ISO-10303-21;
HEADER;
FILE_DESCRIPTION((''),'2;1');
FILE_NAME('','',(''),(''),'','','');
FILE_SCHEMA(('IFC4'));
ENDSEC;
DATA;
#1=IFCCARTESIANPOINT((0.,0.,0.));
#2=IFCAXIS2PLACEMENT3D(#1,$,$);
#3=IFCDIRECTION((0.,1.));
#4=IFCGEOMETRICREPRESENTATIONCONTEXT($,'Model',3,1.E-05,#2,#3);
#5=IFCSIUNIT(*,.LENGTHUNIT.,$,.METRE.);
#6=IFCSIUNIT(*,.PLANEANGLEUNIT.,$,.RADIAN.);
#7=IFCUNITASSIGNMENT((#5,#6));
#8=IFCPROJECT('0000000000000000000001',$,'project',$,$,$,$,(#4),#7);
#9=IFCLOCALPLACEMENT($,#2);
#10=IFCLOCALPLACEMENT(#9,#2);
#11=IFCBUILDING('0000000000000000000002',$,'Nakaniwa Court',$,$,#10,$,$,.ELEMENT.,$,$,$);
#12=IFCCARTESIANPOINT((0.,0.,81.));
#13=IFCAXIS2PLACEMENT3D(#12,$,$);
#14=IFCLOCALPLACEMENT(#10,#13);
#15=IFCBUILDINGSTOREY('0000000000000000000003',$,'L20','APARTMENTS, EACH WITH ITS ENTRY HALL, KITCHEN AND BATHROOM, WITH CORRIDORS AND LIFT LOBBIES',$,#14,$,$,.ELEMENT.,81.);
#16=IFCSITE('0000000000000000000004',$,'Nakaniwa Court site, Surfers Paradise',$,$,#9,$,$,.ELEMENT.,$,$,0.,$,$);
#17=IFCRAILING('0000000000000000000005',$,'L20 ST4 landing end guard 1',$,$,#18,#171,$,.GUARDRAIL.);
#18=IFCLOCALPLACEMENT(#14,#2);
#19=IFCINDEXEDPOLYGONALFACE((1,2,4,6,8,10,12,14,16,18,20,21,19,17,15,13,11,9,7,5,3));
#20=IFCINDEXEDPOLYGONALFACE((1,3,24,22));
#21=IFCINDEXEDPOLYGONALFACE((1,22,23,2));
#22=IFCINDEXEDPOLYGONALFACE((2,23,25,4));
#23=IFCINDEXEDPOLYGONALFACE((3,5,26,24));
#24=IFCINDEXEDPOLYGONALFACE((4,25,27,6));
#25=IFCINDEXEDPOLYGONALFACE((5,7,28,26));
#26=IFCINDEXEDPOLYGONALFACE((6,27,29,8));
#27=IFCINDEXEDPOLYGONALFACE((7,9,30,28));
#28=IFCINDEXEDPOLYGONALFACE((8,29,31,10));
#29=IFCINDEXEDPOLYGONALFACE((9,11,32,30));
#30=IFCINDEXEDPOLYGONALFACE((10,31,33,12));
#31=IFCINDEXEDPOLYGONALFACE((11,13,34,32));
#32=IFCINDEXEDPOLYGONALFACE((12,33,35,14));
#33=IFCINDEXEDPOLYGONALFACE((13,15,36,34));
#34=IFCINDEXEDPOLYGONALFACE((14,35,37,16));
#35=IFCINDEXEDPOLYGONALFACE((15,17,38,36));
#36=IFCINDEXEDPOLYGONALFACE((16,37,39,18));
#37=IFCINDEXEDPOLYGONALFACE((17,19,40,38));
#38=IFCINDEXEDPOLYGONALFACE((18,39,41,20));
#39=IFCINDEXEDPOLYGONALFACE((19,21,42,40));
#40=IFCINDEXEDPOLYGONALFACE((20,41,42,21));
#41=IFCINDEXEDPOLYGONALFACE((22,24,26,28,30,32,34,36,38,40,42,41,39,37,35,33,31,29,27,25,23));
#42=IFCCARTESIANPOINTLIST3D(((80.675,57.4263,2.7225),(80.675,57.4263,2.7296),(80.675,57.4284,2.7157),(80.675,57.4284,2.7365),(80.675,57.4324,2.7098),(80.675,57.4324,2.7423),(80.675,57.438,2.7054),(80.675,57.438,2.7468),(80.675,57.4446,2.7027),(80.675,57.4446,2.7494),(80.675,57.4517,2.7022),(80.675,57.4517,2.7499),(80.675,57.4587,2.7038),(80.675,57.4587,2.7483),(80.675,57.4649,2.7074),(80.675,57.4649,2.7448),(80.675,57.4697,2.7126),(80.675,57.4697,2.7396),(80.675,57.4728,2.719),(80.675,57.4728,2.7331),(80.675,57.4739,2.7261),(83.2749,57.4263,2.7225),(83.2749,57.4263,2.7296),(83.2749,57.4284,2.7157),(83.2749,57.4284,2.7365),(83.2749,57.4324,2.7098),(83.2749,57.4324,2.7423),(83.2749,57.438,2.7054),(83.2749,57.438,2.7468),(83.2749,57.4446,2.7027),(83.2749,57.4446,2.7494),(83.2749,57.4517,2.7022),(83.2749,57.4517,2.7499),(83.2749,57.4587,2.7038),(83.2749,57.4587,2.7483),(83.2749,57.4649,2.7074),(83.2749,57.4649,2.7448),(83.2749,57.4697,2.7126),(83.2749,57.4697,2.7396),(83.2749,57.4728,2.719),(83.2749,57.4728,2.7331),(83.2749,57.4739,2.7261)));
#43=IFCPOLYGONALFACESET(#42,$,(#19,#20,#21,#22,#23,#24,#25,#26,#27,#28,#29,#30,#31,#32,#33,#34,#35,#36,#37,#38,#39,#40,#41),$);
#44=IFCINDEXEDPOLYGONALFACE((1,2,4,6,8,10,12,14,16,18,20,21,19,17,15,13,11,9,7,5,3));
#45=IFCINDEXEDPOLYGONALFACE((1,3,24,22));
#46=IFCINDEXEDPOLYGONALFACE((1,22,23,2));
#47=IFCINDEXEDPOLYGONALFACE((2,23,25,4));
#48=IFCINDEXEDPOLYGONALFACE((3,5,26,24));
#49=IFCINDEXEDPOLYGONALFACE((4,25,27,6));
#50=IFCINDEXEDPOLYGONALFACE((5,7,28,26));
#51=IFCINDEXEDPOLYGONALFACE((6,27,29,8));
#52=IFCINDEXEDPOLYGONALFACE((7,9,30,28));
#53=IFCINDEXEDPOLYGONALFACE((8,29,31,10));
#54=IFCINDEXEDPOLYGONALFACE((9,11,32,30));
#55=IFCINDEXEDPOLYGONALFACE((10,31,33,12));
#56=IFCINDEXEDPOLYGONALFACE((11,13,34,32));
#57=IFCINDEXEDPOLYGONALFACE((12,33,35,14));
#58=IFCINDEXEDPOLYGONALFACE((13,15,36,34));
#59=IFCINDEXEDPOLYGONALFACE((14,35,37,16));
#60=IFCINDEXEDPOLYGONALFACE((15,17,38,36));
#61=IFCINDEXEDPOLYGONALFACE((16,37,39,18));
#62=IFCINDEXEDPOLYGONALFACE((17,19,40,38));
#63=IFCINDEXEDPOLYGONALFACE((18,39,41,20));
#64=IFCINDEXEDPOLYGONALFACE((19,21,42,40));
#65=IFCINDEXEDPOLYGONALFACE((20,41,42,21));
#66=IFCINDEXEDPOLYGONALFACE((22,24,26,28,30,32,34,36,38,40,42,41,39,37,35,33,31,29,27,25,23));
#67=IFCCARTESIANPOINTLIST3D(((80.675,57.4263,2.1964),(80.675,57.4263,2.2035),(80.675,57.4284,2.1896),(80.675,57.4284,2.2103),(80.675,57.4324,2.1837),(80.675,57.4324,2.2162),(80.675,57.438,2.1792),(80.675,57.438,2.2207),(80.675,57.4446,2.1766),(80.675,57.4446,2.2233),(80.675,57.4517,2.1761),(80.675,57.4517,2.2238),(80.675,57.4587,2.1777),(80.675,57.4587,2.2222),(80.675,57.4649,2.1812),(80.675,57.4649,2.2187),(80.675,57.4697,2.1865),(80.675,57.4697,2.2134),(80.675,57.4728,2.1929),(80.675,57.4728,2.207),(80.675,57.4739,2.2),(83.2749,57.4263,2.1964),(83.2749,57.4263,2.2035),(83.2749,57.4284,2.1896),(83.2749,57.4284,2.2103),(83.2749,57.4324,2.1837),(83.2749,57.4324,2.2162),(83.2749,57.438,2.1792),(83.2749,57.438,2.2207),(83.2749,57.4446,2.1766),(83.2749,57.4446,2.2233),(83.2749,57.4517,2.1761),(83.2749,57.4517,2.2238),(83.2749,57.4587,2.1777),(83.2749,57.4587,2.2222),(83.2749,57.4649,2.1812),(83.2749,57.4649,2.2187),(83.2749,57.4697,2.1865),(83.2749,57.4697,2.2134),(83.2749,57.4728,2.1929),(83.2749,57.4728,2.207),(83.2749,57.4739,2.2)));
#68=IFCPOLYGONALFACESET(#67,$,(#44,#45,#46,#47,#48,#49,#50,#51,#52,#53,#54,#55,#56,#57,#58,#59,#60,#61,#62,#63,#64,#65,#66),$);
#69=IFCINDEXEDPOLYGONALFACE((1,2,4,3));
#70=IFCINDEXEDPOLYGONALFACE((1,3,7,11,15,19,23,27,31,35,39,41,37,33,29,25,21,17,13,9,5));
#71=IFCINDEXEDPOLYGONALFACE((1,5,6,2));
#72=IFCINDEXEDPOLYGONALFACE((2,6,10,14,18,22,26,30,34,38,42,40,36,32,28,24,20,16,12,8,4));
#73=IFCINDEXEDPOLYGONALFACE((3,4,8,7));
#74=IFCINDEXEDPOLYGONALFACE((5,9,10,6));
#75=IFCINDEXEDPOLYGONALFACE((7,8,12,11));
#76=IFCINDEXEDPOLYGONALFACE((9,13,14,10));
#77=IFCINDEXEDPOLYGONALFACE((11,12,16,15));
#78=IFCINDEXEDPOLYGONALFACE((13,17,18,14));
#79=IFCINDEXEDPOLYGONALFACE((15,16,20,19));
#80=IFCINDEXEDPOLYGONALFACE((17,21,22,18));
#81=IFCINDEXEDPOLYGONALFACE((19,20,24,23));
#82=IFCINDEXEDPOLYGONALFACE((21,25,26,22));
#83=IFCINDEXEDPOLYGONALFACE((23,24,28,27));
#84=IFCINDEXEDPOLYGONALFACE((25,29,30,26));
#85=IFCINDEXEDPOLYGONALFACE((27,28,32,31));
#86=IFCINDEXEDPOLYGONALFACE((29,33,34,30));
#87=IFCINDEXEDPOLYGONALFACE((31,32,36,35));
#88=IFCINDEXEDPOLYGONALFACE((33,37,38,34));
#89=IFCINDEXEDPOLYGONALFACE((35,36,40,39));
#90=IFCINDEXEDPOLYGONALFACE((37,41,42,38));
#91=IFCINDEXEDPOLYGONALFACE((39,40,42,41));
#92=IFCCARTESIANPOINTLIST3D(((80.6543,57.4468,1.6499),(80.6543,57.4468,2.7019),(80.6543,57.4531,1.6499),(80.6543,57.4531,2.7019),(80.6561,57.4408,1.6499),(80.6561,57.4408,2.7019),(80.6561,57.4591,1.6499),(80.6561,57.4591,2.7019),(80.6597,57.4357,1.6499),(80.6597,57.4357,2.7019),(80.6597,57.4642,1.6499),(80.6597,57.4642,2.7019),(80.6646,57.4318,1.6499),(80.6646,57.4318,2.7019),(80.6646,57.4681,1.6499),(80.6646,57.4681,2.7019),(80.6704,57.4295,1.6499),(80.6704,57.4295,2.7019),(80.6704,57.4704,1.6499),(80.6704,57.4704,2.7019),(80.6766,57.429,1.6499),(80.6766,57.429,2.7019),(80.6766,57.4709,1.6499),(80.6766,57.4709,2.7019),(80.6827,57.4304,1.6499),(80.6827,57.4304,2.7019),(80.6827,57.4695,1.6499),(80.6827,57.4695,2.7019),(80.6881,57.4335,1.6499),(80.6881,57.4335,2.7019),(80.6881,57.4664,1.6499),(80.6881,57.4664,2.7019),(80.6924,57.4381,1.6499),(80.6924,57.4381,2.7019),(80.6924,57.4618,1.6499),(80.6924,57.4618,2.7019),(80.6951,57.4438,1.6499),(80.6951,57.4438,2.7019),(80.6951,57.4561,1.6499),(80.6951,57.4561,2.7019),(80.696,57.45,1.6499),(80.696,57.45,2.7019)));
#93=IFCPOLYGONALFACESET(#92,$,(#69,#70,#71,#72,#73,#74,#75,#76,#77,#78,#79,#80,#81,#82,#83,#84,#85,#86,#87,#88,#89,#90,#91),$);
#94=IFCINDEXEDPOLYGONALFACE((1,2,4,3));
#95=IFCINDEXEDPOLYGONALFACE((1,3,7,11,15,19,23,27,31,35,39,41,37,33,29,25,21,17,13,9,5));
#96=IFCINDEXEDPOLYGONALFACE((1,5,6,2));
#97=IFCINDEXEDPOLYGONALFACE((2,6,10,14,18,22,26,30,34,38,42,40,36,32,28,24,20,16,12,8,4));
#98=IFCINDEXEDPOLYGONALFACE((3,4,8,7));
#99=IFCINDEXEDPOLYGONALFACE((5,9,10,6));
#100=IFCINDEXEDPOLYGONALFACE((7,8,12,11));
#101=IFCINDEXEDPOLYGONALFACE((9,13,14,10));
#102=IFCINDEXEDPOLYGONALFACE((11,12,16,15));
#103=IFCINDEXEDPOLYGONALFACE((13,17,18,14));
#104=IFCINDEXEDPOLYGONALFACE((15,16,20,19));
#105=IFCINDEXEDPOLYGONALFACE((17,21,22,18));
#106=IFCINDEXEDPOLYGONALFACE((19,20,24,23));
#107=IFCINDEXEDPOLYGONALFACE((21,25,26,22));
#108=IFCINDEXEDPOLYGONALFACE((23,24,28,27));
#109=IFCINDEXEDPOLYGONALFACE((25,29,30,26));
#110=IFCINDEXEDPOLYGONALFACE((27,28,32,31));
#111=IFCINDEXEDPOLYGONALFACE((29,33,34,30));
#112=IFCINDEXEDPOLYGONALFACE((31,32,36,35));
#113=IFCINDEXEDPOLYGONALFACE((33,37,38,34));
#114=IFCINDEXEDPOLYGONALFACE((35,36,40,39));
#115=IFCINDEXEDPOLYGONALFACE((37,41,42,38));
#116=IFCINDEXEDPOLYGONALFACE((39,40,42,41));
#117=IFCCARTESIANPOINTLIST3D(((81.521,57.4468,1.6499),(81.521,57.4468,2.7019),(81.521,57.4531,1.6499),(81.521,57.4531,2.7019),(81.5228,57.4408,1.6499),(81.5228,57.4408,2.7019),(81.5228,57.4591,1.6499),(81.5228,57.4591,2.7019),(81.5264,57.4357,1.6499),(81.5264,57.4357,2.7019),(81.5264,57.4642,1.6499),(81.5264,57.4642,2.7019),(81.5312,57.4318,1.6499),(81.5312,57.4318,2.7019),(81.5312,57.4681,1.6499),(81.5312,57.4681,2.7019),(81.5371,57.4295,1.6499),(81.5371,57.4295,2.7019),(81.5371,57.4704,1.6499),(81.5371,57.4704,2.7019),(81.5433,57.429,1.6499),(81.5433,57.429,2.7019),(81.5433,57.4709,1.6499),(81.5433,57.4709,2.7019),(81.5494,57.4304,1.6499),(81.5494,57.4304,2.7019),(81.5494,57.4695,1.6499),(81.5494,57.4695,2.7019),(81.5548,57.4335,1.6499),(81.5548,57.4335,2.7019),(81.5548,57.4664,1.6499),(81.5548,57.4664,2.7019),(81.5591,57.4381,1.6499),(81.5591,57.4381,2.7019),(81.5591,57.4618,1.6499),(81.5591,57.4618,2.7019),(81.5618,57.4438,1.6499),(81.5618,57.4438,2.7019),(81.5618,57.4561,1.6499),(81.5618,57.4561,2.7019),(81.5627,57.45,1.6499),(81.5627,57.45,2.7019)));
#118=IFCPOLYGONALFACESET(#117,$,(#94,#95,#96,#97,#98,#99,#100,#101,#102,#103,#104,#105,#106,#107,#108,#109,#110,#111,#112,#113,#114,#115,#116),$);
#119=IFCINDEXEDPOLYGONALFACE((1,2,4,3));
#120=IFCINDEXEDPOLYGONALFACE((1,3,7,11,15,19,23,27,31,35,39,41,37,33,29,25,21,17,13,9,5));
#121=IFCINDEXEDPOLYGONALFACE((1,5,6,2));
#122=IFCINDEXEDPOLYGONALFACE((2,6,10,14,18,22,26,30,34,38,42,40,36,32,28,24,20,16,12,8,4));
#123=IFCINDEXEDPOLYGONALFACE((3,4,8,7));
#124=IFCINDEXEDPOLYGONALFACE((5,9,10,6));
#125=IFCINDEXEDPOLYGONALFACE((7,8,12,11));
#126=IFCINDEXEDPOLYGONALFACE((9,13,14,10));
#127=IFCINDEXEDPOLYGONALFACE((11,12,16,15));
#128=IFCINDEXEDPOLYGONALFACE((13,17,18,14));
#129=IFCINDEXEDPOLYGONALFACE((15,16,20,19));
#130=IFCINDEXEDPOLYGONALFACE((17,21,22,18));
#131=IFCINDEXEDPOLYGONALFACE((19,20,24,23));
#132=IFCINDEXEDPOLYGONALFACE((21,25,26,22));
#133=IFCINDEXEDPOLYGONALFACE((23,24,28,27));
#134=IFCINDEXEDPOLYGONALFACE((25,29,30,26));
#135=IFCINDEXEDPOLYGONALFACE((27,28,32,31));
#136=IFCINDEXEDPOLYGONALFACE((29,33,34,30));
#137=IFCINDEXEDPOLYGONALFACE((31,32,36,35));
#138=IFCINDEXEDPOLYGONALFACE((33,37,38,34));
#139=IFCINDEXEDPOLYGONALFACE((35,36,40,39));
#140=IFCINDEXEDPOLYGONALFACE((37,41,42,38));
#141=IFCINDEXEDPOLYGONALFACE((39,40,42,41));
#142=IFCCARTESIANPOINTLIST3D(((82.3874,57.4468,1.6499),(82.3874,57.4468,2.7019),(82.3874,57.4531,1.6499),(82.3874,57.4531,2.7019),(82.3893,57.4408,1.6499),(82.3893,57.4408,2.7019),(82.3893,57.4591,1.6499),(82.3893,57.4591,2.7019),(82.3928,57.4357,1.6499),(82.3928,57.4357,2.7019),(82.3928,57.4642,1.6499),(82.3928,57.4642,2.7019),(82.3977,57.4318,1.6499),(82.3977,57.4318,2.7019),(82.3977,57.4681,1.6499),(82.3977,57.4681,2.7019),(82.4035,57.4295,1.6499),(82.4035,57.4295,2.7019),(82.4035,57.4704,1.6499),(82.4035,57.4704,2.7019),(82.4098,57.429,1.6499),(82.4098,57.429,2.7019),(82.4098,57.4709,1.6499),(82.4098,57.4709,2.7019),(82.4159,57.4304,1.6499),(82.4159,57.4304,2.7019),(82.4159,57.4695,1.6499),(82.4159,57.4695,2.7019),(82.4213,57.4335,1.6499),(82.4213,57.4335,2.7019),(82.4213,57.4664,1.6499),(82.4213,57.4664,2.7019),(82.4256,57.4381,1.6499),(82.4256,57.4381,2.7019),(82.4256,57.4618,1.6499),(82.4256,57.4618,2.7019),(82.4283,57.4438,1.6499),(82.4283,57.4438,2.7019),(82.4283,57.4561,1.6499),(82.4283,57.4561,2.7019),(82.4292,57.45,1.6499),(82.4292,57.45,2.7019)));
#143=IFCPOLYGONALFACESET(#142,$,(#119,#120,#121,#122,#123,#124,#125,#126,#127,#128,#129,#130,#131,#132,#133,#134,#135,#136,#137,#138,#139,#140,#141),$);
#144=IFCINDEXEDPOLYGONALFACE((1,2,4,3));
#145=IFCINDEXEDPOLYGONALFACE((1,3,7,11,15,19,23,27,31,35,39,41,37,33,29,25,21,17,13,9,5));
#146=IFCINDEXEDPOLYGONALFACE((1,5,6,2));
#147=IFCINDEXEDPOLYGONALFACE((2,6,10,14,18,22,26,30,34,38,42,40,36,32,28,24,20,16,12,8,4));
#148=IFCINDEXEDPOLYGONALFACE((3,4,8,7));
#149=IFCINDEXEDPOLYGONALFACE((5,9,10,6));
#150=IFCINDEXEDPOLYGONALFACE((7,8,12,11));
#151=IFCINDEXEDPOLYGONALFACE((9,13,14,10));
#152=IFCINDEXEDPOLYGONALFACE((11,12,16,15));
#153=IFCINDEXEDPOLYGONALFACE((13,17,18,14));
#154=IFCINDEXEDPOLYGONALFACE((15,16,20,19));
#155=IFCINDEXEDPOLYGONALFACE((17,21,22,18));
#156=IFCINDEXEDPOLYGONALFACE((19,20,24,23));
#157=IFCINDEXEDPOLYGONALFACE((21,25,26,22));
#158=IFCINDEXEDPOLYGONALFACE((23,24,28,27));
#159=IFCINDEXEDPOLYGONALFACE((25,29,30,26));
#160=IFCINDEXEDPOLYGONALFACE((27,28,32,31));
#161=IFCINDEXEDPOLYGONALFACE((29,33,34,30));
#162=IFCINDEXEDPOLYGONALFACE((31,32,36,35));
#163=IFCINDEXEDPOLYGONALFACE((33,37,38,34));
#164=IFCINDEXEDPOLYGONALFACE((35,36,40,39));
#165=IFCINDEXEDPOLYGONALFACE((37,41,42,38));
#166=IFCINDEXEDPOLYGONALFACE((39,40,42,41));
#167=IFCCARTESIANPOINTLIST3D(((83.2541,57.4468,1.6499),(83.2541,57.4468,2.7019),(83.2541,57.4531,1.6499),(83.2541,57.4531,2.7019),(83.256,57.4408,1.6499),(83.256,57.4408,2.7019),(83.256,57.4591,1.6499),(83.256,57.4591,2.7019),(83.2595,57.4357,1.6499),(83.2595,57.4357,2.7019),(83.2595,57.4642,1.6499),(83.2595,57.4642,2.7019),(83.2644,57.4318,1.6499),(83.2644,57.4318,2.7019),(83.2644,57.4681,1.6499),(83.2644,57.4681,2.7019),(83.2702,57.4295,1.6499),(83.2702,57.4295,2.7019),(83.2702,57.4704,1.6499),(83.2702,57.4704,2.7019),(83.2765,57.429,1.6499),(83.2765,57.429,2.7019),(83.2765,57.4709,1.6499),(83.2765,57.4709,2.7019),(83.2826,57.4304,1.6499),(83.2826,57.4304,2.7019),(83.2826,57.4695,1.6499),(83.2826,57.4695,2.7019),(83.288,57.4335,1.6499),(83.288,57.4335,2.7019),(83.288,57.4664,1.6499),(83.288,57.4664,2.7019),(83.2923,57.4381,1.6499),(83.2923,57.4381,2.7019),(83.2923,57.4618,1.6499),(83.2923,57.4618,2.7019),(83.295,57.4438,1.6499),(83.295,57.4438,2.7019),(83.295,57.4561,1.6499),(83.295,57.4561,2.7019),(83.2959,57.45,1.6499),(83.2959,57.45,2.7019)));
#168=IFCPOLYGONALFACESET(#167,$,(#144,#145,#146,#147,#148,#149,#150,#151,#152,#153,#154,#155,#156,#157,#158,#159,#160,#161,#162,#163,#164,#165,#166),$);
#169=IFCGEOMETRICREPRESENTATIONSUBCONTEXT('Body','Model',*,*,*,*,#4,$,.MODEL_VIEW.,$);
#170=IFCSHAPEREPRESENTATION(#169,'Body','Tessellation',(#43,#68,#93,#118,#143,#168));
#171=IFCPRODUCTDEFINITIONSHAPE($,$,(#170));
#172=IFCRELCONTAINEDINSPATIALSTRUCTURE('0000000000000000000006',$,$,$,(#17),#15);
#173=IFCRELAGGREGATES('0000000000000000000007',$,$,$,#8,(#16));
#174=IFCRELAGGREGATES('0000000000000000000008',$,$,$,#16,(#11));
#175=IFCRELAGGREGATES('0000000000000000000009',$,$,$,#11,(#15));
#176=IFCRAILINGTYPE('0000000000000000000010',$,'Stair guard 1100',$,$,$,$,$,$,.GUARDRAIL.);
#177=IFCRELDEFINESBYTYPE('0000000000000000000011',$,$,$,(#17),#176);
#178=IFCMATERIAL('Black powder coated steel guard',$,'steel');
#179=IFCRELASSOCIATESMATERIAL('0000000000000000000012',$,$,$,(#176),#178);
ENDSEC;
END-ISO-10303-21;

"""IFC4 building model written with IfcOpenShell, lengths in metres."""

from ifc_helpers import new_model, si_unit, direction, frame, origin, origin_2d, place, context, subcontext, project, spatial, circle, extrude, material, type_object, element, save


model = new_model("IFC4")

# Units and contexts
model_context = context("Model", 3, precision=1e-05, world=origin(), true_north=direction((0.0, 1.0)))
body_context = subcontext(model_context, "Body", "Model", "MODEL_VIEW")
ifc_project = project(units=[si_unit("LENGTHUNIT", "METRE"), si_unit("PLANEANGLEUNIT", "RADIAN")], contexts=[model_context])

# Site, building, storey
site_placement = place(None, origin())
site = spatial("IfcSite", under=ifc_project, at=site_placement, Name="Nakaniwa Court site, Surfers Paradise", CompositionType="ELEMENT", RefElevation=0.0)
building_placement = place(site_placement, origin())
building = spatial("IfcBuilding", under=site, at=building_placement, Name="Nakaniwa Court", CompositionType="ELEMENT")
storey_placement = place(building_placement, frame((0.0, 0.0, 81.0)))
storey = spatial("IfcBuildingStorey", under=building, at=storey_placement, Name="L20", Description="APARTMENTS, EACH WITH ITS ENTRY HALL, KITCHEN AND BATHROOM, WITH CORRIDORS AND LIFT LOBBIES", CompositionType="ELEMENT", Elevation=81.0)

# Railing
ifc_material_1 = material(Name="Black powder coated steel guard", Category="steel")
railing_type_1 = type_object("IfcRailingType", Name="Stair guard 1100", PredefinedType="GUARDRAIL", material=ifc_material_1)
railing_1_placement = place(storey_placement, frame((80.675, 57.45, 1.6499)))
element("IfcRailing", 1, at=railing_1_placement, inside=storey, type_object=railing_type_1, Name="L20 ST4 landing end guard 1", PredefinedType="GUARDRAIL", context=body_context, shape_type="SweptSolid", body=[
    extrude(circle(Radius=0.0239, at=origin_2d()), frame((0.0, 0.0, 1.0762), z_axis=(1.0, 0.0, 0.0), x_axis=(0.0, 1.0, 0.0)), (0.0, 0.0, 1.0), 2.5999),
    extrude(circle(Radius=0.0239, at=origin_2d()), frame((0.0, 0.0, 0.55), z_axis=(1.0, 0.0, 0.0), x_axis=(0.0, 1.0, 0.0)), (0.0, 0.0, 1.0), 2.5999),
    extrude(circle(Radius=0.021, at=origin_2d()), origin(), (0.0, 0.0, 1.0), 1.052),
    extrude(circle(Radius=0.021, at=origin_2d()), frame((0.8667, 0.0, 0.0)), (0.0, 0.0, 1.0), 1.052),
    extrude(circle(Radius=0.021, at=origin_2d()), frame((1.7332, 0.0, 0.0)), (0.0, 0.0, 1.0), 1.052),
    extrude(circle(Radius=0.021, at=origin_2d()), frame((2.5999, 0.0, 0.0)), (0.0, 0.0, 1.0), 1.052),
])

save(model, "model.ifc")
